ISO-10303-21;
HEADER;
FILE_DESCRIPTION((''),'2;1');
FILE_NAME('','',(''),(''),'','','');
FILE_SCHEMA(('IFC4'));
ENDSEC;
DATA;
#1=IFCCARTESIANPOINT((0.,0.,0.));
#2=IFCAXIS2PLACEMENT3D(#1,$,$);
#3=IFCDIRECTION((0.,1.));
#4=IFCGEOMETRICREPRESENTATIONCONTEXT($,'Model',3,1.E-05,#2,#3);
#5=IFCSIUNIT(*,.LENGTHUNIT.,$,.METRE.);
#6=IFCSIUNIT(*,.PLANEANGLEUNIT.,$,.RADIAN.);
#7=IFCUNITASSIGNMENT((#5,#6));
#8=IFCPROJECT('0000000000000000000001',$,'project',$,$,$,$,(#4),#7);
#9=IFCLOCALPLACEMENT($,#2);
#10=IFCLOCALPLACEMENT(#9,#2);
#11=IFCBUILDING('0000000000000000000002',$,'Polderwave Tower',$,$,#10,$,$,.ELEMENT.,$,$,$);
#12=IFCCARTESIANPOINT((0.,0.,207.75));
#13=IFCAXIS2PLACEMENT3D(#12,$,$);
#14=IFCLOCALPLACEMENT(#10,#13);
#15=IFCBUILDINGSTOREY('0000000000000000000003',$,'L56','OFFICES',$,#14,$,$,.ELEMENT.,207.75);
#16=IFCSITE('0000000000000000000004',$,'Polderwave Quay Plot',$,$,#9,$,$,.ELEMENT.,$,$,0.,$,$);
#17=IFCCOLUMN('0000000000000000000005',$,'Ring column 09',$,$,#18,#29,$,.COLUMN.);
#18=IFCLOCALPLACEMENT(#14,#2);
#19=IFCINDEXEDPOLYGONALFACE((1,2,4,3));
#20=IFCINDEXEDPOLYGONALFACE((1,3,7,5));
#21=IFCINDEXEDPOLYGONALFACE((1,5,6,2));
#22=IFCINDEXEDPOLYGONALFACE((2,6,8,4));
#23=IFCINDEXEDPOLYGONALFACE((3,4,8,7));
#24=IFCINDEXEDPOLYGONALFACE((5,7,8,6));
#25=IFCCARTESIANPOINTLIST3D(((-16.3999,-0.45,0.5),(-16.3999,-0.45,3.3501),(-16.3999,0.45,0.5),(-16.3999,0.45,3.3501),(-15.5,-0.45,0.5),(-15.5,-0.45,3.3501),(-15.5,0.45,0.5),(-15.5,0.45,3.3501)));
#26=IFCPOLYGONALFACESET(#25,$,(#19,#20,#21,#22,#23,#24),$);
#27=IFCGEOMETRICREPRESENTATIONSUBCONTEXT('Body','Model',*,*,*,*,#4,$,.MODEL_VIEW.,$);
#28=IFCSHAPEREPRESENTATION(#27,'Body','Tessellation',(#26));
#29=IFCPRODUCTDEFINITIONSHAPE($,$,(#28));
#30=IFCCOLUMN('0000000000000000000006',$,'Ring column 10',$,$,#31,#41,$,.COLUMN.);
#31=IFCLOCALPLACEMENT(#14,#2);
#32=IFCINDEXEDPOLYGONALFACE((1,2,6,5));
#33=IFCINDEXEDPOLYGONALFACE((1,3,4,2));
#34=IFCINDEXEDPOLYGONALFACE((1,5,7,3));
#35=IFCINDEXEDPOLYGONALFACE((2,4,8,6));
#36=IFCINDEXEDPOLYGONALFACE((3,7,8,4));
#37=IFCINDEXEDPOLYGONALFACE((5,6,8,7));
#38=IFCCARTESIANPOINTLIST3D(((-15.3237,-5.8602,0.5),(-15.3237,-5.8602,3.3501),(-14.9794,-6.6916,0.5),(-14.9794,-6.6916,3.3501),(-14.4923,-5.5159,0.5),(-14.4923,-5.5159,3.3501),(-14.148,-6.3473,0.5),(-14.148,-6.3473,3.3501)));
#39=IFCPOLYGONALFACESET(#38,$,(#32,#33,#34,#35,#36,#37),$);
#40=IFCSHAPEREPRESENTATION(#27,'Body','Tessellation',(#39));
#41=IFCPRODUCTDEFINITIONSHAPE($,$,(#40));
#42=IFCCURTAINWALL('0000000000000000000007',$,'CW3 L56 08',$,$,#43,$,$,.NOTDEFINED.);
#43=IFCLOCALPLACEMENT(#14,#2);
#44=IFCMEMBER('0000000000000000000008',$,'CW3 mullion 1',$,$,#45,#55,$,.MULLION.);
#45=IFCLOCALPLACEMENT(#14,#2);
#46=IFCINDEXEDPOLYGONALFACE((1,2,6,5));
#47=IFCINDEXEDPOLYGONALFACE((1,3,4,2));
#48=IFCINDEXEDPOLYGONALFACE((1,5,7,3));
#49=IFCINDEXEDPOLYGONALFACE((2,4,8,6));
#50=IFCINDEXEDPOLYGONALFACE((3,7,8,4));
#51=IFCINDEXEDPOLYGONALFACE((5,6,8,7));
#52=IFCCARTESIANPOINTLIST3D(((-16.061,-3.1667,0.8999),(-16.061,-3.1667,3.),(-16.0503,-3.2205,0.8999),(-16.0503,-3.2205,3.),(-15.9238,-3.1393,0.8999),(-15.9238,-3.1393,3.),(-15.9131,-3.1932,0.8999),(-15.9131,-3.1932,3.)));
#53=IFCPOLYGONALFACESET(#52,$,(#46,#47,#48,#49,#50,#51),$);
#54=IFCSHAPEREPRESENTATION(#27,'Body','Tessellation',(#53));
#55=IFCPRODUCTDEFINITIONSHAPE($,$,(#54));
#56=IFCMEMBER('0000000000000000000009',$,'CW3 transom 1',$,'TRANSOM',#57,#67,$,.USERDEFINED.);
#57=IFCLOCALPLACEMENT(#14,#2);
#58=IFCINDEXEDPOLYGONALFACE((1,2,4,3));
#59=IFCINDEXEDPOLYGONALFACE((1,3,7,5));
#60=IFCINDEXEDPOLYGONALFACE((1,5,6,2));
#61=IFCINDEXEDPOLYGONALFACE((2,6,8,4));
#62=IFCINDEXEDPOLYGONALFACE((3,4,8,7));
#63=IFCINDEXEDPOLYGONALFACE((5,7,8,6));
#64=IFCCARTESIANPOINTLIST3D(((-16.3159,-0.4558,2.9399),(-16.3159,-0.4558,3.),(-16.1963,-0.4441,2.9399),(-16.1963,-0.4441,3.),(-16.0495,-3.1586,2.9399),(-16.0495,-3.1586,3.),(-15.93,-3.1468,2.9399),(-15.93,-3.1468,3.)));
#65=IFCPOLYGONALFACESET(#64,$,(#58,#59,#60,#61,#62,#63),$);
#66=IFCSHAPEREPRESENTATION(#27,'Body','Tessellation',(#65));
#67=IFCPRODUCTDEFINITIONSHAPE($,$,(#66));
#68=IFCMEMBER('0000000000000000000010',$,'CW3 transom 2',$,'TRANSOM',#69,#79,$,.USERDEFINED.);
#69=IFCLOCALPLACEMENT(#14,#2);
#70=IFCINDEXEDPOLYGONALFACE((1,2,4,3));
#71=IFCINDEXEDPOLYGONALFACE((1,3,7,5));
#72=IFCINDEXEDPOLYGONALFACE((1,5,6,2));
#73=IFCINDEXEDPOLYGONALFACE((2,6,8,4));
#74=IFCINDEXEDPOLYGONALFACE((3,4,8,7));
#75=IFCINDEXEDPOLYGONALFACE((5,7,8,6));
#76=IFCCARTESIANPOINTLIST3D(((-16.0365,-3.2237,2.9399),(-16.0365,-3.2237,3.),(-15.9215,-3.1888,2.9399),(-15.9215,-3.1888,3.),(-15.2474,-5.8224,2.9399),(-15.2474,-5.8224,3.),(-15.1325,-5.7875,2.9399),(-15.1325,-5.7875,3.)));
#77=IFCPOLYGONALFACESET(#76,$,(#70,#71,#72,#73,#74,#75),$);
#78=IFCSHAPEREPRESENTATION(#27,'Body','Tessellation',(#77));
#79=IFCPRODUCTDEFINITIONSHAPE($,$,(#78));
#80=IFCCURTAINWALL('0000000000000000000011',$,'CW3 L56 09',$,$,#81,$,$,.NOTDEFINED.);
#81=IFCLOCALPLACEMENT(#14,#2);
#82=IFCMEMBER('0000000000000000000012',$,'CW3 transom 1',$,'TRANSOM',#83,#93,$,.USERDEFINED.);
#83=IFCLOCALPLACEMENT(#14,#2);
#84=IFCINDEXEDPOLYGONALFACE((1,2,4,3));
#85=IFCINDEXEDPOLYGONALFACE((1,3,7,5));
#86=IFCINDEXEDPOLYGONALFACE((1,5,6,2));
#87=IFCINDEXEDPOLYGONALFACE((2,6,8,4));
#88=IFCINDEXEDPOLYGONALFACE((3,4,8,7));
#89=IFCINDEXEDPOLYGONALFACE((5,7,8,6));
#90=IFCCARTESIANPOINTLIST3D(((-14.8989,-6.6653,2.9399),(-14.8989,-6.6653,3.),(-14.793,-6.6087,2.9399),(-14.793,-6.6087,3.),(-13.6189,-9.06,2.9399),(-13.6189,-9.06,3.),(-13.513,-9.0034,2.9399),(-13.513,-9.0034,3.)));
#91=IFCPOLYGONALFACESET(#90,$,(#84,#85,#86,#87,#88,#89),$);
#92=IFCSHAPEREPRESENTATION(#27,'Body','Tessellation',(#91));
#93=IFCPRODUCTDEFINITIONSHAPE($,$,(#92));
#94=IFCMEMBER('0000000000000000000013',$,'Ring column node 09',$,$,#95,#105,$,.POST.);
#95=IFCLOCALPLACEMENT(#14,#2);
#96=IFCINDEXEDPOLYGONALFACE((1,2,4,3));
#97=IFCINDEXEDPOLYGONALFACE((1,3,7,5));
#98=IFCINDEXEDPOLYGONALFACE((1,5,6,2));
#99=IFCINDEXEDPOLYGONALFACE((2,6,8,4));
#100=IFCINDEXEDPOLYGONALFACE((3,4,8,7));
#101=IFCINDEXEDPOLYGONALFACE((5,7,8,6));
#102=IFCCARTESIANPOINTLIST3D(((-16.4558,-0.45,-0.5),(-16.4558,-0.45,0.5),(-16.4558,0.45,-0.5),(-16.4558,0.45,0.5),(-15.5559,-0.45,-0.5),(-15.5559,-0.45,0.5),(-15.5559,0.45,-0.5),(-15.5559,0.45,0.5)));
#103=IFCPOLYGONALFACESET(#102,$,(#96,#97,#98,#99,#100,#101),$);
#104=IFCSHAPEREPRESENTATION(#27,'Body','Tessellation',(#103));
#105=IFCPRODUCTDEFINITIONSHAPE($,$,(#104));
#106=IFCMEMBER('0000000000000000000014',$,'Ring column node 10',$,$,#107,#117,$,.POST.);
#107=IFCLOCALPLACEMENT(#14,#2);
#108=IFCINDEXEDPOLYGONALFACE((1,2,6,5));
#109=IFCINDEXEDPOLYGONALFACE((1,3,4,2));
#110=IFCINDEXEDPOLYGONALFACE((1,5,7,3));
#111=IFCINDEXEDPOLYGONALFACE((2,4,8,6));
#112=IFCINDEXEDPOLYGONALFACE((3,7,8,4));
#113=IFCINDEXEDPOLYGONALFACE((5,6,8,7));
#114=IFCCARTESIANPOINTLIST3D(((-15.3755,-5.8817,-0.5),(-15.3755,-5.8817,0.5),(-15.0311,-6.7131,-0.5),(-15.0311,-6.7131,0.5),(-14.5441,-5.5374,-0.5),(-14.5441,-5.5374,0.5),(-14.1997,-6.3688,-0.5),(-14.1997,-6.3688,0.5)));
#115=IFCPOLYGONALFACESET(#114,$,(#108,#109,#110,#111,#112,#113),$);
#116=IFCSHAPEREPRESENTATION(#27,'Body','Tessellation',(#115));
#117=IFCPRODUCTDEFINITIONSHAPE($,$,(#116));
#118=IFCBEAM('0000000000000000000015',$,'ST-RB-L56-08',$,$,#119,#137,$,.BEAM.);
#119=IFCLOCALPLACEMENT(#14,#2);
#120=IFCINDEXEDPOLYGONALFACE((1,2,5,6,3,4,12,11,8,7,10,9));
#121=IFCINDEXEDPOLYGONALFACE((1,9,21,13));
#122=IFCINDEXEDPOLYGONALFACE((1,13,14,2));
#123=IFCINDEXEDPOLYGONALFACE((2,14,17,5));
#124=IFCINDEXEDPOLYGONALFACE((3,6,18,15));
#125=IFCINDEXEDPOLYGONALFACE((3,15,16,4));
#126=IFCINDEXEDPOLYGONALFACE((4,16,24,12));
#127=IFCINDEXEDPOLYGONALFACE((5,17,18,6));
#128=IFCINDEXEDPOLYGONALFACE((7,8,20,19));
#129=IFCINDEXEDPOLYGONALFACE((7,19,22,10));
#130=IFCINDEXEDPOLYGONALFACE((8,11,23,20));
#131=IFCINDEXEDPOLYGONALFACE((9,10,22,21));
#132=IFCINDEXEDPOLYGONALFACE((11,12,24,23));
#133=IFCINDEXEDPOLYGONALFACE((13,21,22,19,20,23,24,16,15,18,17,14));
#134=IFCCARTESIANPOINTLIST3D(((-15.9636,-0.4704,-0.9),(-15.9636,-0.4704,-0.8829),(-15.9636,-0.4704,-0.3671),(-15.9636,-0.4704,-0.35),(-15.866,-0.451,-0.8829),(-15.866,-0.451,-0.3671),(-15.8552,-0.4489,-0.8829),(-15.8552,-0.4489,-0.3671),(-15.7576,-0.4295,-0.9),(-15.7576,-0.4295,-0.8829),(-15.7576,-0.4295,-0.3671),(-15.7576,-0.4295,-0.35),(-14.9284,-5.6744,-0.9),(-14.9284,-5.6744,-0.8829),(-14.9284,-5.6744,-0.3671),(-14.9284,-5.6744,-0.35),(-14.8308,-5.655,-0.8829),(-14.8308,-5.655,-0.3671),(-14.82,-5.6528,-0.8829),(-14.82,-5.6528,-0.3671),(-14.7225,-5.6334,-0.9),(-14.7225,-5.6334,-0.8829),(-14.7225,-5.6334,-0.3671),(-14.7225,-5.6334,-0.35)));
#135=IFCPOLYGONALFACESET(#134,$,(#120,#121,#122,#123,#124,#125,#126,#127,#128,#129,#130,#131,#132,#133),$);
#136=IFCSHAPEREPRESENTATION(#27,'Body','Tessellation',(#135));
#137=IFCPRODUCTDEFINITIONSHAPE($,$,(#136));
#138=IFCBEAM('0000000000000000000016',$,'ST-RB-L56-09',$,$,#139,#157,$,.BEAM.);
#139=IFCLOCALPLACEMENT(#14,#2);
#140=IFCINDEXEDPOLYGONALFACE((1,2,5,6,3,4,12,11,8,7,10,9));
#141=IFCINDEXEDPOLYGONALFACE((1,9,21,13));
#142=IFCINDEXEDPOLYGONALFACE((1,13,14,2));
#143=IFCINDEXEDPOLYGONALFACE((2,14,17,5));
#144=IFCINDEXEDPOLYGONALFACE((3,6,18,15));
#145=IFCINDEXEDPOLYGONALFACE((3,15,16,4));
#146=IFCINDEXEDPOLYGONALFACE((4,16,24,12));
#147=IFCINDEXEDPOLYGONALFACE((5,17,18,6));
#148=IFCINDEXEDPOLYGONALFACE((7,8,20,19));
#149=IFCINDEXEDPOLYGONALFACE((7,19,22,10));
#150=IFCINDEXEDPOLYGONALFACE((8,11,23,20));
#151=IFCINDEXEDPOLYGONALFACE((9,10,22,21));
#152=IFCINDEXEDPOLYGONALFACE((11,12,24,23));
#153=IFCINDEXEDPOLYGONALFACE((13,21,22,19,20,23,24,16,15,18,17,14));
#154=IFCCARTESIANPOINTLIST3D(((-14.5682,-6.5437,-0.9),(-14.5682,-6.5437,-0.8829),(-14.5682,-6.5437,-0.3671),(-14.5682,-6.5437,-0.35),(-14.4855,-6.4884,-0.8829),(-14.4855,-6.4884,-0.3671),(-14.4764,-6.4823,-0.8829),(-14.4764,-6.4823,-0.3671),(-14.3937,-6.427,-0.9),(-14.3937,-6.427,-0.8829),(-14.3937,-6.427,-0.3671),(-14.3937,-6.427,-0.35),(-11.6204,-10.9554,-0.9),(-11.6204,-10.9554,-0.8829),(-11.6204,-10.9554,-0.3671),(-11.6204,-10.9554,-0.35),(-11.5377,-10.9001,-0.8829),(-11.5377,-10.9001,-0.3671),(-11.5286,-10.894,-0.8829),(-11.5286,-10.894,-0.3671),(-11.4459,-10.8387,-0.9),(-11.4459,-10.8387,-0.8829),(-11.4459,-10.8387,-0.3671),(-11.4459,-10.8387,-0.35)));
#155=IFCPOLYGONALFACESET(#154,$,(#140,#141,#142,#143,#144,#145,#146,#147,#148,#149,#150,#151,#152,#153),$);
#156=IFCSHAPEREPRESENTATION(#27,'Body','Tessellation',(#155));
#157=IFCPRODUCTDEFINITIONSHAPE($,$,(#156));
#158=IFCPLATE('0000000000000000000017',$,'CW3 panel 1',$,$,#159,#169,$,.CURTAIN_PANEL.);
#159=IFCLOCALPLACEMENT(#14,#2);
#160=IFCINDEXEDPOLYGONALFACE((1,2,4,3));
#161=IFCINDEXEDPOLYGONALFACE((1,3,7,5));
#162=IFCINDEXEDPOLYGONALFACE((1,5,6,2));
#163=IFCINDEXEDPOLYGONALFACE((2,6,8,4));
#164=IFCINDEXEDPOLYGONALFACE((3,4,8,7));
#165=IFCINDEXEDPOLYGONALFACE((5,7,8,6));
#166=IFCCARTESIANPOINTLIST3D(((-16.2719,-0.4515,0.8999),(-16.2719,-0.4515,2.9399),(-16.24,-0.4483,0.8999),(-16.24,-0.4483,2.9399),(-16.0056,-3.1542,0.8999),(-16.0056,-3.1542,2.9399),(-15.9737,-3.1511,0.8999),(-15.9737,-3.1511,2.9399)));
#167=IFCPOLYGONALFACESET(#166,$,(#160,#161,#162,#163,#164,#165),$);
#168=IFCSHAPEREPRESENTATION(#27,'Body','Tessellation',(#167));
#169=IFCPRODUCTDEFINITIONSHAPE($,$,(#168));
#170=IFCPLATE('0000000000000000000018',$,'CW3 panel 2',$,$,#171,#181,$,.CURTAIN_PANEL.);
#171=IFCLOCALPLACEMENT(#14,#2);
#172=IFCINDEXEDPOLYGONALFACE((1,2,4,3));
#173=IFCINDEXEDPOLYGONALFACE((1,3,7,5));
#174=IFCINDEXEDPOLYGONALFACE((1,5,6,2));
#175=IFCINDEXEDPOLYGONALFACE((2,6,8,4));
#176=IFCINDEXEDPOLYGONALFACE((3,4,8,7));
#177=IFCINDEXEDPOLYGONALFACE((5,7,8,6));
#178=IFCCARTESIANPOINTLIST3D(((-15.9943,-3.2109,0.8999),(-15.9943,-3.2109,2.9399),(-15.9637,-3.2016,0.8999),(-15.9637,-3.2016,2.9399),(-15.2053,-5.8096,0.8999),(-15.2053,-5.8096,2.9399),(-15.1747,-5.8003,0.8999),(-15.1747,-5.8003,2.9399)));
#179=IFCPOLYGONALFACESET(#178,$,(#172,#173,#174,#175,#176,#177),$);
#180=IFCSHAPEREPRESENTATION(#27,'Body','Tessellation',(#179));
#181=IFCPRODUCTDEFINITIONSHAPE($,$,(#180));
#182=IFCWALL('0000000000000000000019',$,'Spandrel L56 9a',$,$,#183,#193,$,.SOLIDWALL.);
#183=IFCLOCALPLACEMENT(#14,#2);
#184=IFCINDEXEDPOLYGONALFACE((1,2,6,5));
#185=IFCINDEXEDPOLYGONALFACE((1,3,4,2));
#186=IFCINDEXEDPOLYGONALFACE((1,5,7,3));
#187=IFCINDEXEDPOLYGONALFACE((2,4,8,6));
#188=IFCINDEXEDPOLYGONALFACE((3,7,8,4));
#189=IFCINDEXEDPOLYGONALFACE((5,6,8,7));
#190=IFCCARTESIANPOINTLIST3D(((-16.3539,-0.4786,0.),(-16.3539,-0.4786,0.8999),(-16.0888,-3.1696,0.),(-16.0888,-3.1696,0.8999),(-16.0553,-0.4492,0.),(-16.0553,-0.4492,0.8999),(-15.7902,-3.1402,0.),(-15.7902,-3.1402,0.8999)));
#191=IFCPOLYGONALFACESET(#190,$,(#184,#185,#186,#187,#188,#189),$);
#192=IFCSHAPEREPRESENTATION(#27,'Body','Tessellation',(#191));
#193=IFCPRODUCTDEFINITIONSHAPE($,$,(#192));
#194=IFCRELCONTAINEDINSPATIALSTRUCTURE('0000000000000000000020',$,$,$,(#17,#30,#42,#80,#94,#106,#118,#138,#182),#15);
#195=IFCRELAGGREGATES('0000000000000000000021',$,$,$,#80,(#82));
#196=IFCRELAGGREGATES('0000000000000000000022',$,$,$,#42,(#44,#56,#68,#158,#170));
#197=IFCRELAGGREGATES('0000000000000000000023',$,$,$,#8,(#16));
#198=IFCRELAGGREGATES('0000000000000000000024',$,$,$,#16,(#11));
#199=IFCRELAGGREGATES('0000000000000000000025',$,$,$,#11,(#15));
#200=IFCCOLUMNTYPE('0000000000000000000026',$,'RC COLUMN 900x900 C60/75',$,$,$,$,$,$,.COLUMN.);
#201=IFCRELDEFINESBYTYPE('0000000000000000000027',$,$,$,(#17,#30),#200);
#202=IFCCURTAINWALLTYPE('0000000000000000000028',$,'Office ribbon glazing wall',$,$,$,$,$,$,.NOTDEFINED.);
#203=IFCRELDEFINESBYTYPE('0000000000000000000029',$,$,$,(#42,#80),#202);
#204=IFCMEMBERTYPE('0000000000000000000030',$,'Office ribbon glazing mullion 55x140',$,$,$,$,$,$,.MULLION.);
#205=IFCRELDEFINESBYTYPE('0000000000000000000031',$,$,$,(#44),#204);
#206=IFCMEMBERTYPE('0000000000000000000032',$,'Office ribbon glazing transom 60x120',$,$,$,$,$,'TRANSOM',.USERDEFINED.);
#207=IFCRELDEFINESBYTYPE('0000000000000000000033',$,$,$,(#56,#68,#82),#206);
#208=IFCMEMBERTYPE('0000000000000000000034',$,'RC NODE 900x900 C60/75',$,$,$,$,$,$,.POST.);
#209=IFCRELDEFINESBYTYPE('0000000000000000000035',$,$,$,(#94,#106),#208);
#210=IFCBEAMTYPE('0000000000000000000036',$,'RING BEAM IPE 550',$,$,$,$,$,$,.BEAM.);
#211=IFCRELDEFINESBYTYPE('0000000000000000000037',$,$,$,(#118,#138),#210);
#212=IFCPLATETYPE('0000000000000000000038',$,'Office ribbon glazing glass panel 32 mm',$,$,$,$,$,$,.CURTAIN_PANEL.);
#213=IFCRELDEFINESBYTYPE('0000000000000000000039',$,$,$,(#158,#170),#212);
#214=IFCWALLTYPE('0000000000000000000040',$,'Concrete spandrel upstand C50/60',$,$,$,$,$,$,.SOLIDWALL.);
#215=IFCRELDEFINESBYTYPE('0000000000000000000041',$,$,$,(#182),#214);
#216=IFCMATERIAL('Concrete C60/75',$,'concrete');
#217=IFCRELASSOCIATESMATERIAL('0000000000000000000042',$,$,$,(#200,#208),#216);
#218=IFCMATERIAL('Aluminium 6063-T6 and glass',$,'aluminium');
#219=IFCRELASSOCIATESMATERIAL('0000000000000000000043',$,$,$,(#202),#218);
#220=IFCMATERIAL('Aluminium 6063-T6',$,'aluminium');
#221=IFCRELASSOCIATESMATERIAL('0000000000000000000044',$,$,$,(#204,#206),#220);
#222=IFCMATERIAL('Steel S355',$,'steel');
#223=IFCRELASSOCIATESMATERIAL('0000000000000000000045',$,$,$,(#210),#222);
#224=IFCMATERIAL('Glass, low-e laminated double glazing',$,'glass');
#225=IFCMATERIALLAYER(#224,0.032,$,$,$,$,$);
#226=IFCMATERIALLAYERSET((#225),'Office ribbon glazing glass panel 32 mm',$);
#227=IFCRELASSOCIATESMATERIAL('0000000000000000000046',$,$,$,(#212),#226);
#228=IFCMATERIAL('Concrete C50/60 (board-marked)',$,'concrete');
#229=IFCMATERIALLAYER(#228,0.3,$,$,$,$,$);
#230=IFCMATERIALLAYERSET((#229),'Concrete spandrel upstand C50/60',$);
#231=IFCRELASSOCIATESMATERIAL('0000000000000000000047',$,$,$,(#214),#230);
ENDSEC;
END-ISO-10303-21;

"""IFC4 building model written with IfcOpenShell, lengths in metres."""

from ifc_helpers import new_model, si_unit, direction, frame, frame_2d, origin, origin_2d, place, context, subcontext, project, spatial, rectangle, i_section, extrude, material, layer, layer_set, material_profile, profile_set, type_object, element, aggregate, save


model = new_model("IFC4")

# Units and contexts
model_context = context("Model", 3, precision=1e-05, world=origin(), true_north=direction((0.0, 1.0)))
body_context = subcontext(model_context, "Body", "Model", "MODEL_VIEW")
ifc_project = project(units=[si_unit("LENGTHUNIT", "METRE"), si_unit("PLANEANGLEUNIT", "RADIAN")], contexts=[model_context])

# Site, building, storey
site_placement = place(None, origin())
site = spatial("IfcSite", under=ifc_project, at=site_placement, Name="Polderwave Quay Plot", CompositionType="ELEMENT", RefElevation=0.0)
building_placement = place(site_placement, origin())
building = spatial("IfcBuilding", under=site, at=building_placement, Name="Polderwave Tower", CompositionType="ELEMENT")
storey_placement = place(building_placement, frame((0.0, 0.0, 207.75)))
storey = spatial("IfcBuildingStorey", under=building, at=storey_placement, Name="L56", Description="OFFICES", CompositionType="ELEMENT", Elevation=207.75)

# Columns
ifc_material_1 = material(Name="Concrete C60/75", Category="concrete")
ifc_material_profile_1 = material_profile(ifc_material_1, rectangle(XDim=0.8999, YDim=0.8999, at=origin_2d()), Name="RC 900x900")
ifc_profile_set_1 = profile_set([ifc_material_profile_1], Name="Concrete C60/75")
column_type = type_object("IfcColumnType", Name="RC COLUMN 900x900 C60/75", PredefinedType="COLUMN", material=ifc_profile_set_1)
for number, where, z_axis, x_axis, name in (
    (1, (-15.95, 0.0, 0.5), (0.0, 0.0, 1.0), (-1.0, 0.0, 0.0), "Ring column 09"),
    (2, (-14.7358, -6.1038, 0.5), (0.0, 0.0, 1.0), (-0.92388, -0.382683, 0.0), "Ring column 10"),
):
    element("IfcColumn", number, at=place(storey_placement, frame(where, z_axis=z_axis, x_axis=x_axis)), inside=storey, type_object=column_type, Name=name, PredefinedType="COLUMN", context=body_context, shape_type="SweptSolid", body=[
        extrude(rectangle(XDim=0.8999, YDim=0.8999, at=origin_2d()), origin(), (0.0, 0.0, 1.0), 2.8501),
    ])

# Curtain wall, members
ifc_material_2 = material(Name="Aluminium 6063-T6 and glass", Category="aluminium")
curtain_wall_type = type_object("IfcCurtainWallType", Name="Office ribbon glazing wall", PredefinedType="NOTDEFINED", material=ifc_material_2)
curtain_wall_1_placement = place(storey_placement, origin())
curtain_wall_1 = element("IfcCurtainWall", 3, at=curtain_wall_1_placement, inside=storey, type_object=curtain_wall_type, Name="CW3 L56 08", PredefinedType="NOTDEFINED")
ifc_material_3 = material(Name="Aluminium 6063-T6", Category="aluminium")
ifc_material_profile_2 = material_profile(ifc_material_3, rectangle(XDim=0.1399, YDim=0.0549, at=origin_2d()), Name="AL 55x140")
ifc_profile_set_2 = profile_set([ifc_material_profile_2], Name="Aluminium 6063-T6")
member_type_1 = type_object("IfcMemberType", Name="Office ribbon glazing mullion 55x140", PredefinedType="MULLION", material=ifc_profile_set_2)
member_1_placement = place(storey_placement, frame((-15.9871, -3.1799, 0.8999), z_axis=(0.0, 0.0, 1.0), x_axis=(0.980757, 0.195234, 0.0)))
member_1 = element("IfcMember", 4, at=member_1_placement, type_object=member_type_1, Name="CW3 mullion 1", PredefinedType="MULLION", context=body_context, shape_type="SweptSolid", body=[
    extrude(rectangle(XDim=0.1399, YDim=0.0549, at=origin_2d()), origin(), (0.0, 0.0, 1.0), 2.1001),
])
ifc_material_profile_3 = material_profile(ifc_material_3, rectangle(XDim=0.1201, YDim=0.0601, at=origin_2d()), Name="AL 60x120")
ifc_profile_set_3 = profile_set([ifc_material_profile_3], Name="Aluminium 6063-T6")
member_type_2 = type_object("IfcMemberType", Name="Office ribbon glazing transom 60x120", ElementType="TRANSOM", PredefinedType="USERDEFINED", material=ifc_profile_set_3)
member_2_placement = place(storey_placement, frame((-16.2561, -0.45, 2.97), z_axis=(0.098079, -0.995179, 0.0), x_axis=(0.995179, 0.098079, 0.0)))
member_2 = element("IfcMember", 5, at=member_2_placement, type_object=member_type_2, Name="CW3 transom 1", ObjectType="TRANSOM", PredefinedType="USERDEFINED", context=body_context, shape_type="SweptSolid", body=[
    extrude(rectangle(XDim=0.1201, YDim=0.0601, at=origin_2d()), origin(), (0.0, 0.0, 1.0), 2.7158),
])
member_3_placement = place(storey_placement, frame((-15.979, -3.2063, 2.97), z_axis=(0.290546, -0.956861, 0.0), x_axis=(0.956861, 0.290546, 0.0)))
member_3 = element("IfcMember", 6, at=member_3_placement, type_object=member_type_2, Name="CW3 transom 2", ObjectType="TRANSOM", PredefinedType="USERDEFINED", context=body_context, shape_type="SweptSolid", body=[
    extrude(rectangle(XDim=0.1201, YDim=0.0601, at=origin_2d()), origin(), (0.0, 0.0, 1.0), 2.7158),
])

# Curtain wall, member
curtain_wall_2_placement = place(storey_placement, origin())
curtain_wall_2 = element("IfcCurtainWall", 7, at=curtain_wall_2_placement, inside=storey, type_object=curtain_wall_type, Name="CW3 L56 09", PredefinedType="NOTDEFINED")
member_4_placement = place(storey_placement, frame((-14.8459, -6.637, 2.97), z_axis=(0.471395, -0.881922, 0.0), x_axis=(0.881922, 0.471395, 0.0)))
member_4 = element("IfcMember", 8, at=member_4_placement, type_object=member_type_2, Name="CW3 transom 1", ObjectType="TRANSOM", PredefinedType="USERDEFINED", context=body_context, shape_type="SweptSolid", body=[
    extrude(rectangle(XDim=0.1201, YDim=0.0601, at=origin_2d()), origin(), (0.0, 0.0, 1.0), 2.7153),
])
aggregate(curtain_wall_2, [member_4])

# Members
ifc_material_profile_4 = material_profile(ifc_material_1, rectangle(XDim=0.8999, YDim=0.8999, at=origin_2d()), Name="RC 900x900")
ifc_profile_set_4 = profile_set([ifc_material_profile_4], Name="Concrete C60/75")
member_type_3 = type_object("IfcMemberType", Name="RC NODE 900x900 C60/75", PredefinedType="POST", material=ifc_profile_set_4)
for number, where, z_axis, x_axis, name in (
    (9, (-16.0059, 0.0, -0.5), (0.0, 0.0, 1.0), (-1.0, 0.0, 0.0), "Ring column node 09"),
    (10, (-14.7876, -6.1252, -0.5), (0.0, 0.0, 1.0), (-0.92388, -0.382683, 0.0), "Ring column node 10"),
):
    element("IfcMember", number, at=place(storey_placement, frame(where, z_axis=z_axis, x_axis=x_axis)), inside=storey, type_object=member_type_3, Name=name, PredefinedType="POST", context=body_context, shape_type="SweptSolid", body=[
        extrude(rectangle(XDim=0.8999, YDim=0.8999, at=origin_2d()), origin(), (0.0, 0.0, 1.0), 1.0),
    ])

# Beams
ifc_material_4 = material(Name="Steel S355", Category="steel")
ifc_material_profile_5 = material_profile(ifc_material_4, i_section(OverallWidth=0.21, OverallDepth=0.55, WebThickness=0.011, FlangeThickness=0.0171, at=origin_2d()), Name="IPE 550")
ifc_profile_set_5 = profile_set([ifc_material_profile_5], Name="Steel S355")
beam_type = type_object("IfcBeamType", Name="RING BEAM IPE 550", PredefinedType="BEAM", material=ifc_profile_set_5)
for number, where, z_axis, x_axis, name in (
    (11, (-15.8606, -0.45, -0.625), (0.195098, -0.980784, 0.0), (0.980784, 0.195098, 0.0), "ST-RB-L56-08"),
    (12, (-14.481, -6.4854, -0.625), (0.555571, -0.831469, 0.0), (0.831469, 0.555571, 0.0), "ST-RB-L56-09"),
):
    element("IfcBeam", number, at=place(storey_placement, frame(where, z_axis=z_axis, x_axis=x_axis)), inside=storey, type_object=beam_type, Name=name, PredefinedType="BEAM", context=body_context, shape_type="SweptSolid", body=[
        extrude(i_section(OverallWidth=0.21, OverallDepth=0.55, WebThickness=0.011, FlangeThickness=0.0171, at=origin_2d()), origin(), (0.0, 0.0, 1.0), 5.3059),
    ])

# Plates
ifc_material_5 = material(Name="Glass, low-e laminated double glazing", Category="glass")
ifc_layer_1 = layer(ifc_material_5, 0.032)
ifc_layer_set_1 = layer_set([ifc_layer_1], Name="Office ribbon glazing glass panel 32 mm")
plate_type = type_object("IfcPlateType", Name="Office ribbon glazing glass panel 32 mm", PredefinedType="CURTAIN_PANEL", material=ifc_layer_set_1)
plate_1_placement = place(storey_placement, frame((-16.1228, -1.8013, 0.8999), z_axis=(0.0, 0.0, 1.0), x_axis=(0.098061, -0.99518, 0.0)))
plate_1 = element("IfcPlate", 13, at=plate_1_placement, type_object=plate_type, Name="CW3 panel 1", PredefinedType="CURTAIN_PANEL", context=body_context, shape_type="SweptSolid", body=[
    extrude(rectangle(XDim=2.7158, YDim=0.032, at=origin_2d()), origin(), (0.0, 0.0, 1.0), 2.04),
])
plate_2_placement = place(storey_placement, frame((-15.5845, -4.5056, 0.8999), z_axis=(0.0, 0.0, 1.0), x_axis=(0.290524, -0.956868, 0.0)))
plate_2 = element("IfcPlate", 14, at=plate_2_placement, type_object=plate_type, Name="CW3 panel 2", PredefinedType="CURTAIN_PANEL", context=body_context, shape_type="SweptSolid", body=[
    extrude(rectangle(XDim=2.7158, YDim=0.032, at=origin_2d()), origin(), (0.0, 0.0, 1.0), 2.04),
])
aggregate(curtain_wall_1, [member_1, member_2, member_3, plate_1, plate_2])

# Wall
ifc_material_6 = material(Name="Concrete C50/60 (board-marked)", Category="concrete")
ifc_layer_2 = layer(ifc_material_6, 0.3)
ifc_layer_set_2 = layer_set([ifc_layer_2], Name="Concrete spandrel upstand C50/60")
wall_type_1 = type_object("IfcWallType", Name="Concrete spandrel upstand C50/60", PredefinedType="SOLIDWALL", material=ifc_layer_set_2)
wall_1_placement = place(storey_placement, frame((-16.2046, -0.4639, 0.0), z_axis=(0.0, 0.0, 1.0), x_axis=(0.098047, -0.995182, 0.0)))
element("IfcWall", 15, at=wall_1_placement, inside=storey, type_object=wall_type_1, Name="Spandrel L56 9a", PredefinedType="SOLIDWALL", context=body_context, shape_type="SweptSolid", body=[
    extrude(rectangle(XDim=2.7041, YDim=0.3, at=frame_2d((1.3521, 0.0))), origin(), (0.0, 0.0, 1.0), 0.8999),
])

save(model, "model.ifc")
